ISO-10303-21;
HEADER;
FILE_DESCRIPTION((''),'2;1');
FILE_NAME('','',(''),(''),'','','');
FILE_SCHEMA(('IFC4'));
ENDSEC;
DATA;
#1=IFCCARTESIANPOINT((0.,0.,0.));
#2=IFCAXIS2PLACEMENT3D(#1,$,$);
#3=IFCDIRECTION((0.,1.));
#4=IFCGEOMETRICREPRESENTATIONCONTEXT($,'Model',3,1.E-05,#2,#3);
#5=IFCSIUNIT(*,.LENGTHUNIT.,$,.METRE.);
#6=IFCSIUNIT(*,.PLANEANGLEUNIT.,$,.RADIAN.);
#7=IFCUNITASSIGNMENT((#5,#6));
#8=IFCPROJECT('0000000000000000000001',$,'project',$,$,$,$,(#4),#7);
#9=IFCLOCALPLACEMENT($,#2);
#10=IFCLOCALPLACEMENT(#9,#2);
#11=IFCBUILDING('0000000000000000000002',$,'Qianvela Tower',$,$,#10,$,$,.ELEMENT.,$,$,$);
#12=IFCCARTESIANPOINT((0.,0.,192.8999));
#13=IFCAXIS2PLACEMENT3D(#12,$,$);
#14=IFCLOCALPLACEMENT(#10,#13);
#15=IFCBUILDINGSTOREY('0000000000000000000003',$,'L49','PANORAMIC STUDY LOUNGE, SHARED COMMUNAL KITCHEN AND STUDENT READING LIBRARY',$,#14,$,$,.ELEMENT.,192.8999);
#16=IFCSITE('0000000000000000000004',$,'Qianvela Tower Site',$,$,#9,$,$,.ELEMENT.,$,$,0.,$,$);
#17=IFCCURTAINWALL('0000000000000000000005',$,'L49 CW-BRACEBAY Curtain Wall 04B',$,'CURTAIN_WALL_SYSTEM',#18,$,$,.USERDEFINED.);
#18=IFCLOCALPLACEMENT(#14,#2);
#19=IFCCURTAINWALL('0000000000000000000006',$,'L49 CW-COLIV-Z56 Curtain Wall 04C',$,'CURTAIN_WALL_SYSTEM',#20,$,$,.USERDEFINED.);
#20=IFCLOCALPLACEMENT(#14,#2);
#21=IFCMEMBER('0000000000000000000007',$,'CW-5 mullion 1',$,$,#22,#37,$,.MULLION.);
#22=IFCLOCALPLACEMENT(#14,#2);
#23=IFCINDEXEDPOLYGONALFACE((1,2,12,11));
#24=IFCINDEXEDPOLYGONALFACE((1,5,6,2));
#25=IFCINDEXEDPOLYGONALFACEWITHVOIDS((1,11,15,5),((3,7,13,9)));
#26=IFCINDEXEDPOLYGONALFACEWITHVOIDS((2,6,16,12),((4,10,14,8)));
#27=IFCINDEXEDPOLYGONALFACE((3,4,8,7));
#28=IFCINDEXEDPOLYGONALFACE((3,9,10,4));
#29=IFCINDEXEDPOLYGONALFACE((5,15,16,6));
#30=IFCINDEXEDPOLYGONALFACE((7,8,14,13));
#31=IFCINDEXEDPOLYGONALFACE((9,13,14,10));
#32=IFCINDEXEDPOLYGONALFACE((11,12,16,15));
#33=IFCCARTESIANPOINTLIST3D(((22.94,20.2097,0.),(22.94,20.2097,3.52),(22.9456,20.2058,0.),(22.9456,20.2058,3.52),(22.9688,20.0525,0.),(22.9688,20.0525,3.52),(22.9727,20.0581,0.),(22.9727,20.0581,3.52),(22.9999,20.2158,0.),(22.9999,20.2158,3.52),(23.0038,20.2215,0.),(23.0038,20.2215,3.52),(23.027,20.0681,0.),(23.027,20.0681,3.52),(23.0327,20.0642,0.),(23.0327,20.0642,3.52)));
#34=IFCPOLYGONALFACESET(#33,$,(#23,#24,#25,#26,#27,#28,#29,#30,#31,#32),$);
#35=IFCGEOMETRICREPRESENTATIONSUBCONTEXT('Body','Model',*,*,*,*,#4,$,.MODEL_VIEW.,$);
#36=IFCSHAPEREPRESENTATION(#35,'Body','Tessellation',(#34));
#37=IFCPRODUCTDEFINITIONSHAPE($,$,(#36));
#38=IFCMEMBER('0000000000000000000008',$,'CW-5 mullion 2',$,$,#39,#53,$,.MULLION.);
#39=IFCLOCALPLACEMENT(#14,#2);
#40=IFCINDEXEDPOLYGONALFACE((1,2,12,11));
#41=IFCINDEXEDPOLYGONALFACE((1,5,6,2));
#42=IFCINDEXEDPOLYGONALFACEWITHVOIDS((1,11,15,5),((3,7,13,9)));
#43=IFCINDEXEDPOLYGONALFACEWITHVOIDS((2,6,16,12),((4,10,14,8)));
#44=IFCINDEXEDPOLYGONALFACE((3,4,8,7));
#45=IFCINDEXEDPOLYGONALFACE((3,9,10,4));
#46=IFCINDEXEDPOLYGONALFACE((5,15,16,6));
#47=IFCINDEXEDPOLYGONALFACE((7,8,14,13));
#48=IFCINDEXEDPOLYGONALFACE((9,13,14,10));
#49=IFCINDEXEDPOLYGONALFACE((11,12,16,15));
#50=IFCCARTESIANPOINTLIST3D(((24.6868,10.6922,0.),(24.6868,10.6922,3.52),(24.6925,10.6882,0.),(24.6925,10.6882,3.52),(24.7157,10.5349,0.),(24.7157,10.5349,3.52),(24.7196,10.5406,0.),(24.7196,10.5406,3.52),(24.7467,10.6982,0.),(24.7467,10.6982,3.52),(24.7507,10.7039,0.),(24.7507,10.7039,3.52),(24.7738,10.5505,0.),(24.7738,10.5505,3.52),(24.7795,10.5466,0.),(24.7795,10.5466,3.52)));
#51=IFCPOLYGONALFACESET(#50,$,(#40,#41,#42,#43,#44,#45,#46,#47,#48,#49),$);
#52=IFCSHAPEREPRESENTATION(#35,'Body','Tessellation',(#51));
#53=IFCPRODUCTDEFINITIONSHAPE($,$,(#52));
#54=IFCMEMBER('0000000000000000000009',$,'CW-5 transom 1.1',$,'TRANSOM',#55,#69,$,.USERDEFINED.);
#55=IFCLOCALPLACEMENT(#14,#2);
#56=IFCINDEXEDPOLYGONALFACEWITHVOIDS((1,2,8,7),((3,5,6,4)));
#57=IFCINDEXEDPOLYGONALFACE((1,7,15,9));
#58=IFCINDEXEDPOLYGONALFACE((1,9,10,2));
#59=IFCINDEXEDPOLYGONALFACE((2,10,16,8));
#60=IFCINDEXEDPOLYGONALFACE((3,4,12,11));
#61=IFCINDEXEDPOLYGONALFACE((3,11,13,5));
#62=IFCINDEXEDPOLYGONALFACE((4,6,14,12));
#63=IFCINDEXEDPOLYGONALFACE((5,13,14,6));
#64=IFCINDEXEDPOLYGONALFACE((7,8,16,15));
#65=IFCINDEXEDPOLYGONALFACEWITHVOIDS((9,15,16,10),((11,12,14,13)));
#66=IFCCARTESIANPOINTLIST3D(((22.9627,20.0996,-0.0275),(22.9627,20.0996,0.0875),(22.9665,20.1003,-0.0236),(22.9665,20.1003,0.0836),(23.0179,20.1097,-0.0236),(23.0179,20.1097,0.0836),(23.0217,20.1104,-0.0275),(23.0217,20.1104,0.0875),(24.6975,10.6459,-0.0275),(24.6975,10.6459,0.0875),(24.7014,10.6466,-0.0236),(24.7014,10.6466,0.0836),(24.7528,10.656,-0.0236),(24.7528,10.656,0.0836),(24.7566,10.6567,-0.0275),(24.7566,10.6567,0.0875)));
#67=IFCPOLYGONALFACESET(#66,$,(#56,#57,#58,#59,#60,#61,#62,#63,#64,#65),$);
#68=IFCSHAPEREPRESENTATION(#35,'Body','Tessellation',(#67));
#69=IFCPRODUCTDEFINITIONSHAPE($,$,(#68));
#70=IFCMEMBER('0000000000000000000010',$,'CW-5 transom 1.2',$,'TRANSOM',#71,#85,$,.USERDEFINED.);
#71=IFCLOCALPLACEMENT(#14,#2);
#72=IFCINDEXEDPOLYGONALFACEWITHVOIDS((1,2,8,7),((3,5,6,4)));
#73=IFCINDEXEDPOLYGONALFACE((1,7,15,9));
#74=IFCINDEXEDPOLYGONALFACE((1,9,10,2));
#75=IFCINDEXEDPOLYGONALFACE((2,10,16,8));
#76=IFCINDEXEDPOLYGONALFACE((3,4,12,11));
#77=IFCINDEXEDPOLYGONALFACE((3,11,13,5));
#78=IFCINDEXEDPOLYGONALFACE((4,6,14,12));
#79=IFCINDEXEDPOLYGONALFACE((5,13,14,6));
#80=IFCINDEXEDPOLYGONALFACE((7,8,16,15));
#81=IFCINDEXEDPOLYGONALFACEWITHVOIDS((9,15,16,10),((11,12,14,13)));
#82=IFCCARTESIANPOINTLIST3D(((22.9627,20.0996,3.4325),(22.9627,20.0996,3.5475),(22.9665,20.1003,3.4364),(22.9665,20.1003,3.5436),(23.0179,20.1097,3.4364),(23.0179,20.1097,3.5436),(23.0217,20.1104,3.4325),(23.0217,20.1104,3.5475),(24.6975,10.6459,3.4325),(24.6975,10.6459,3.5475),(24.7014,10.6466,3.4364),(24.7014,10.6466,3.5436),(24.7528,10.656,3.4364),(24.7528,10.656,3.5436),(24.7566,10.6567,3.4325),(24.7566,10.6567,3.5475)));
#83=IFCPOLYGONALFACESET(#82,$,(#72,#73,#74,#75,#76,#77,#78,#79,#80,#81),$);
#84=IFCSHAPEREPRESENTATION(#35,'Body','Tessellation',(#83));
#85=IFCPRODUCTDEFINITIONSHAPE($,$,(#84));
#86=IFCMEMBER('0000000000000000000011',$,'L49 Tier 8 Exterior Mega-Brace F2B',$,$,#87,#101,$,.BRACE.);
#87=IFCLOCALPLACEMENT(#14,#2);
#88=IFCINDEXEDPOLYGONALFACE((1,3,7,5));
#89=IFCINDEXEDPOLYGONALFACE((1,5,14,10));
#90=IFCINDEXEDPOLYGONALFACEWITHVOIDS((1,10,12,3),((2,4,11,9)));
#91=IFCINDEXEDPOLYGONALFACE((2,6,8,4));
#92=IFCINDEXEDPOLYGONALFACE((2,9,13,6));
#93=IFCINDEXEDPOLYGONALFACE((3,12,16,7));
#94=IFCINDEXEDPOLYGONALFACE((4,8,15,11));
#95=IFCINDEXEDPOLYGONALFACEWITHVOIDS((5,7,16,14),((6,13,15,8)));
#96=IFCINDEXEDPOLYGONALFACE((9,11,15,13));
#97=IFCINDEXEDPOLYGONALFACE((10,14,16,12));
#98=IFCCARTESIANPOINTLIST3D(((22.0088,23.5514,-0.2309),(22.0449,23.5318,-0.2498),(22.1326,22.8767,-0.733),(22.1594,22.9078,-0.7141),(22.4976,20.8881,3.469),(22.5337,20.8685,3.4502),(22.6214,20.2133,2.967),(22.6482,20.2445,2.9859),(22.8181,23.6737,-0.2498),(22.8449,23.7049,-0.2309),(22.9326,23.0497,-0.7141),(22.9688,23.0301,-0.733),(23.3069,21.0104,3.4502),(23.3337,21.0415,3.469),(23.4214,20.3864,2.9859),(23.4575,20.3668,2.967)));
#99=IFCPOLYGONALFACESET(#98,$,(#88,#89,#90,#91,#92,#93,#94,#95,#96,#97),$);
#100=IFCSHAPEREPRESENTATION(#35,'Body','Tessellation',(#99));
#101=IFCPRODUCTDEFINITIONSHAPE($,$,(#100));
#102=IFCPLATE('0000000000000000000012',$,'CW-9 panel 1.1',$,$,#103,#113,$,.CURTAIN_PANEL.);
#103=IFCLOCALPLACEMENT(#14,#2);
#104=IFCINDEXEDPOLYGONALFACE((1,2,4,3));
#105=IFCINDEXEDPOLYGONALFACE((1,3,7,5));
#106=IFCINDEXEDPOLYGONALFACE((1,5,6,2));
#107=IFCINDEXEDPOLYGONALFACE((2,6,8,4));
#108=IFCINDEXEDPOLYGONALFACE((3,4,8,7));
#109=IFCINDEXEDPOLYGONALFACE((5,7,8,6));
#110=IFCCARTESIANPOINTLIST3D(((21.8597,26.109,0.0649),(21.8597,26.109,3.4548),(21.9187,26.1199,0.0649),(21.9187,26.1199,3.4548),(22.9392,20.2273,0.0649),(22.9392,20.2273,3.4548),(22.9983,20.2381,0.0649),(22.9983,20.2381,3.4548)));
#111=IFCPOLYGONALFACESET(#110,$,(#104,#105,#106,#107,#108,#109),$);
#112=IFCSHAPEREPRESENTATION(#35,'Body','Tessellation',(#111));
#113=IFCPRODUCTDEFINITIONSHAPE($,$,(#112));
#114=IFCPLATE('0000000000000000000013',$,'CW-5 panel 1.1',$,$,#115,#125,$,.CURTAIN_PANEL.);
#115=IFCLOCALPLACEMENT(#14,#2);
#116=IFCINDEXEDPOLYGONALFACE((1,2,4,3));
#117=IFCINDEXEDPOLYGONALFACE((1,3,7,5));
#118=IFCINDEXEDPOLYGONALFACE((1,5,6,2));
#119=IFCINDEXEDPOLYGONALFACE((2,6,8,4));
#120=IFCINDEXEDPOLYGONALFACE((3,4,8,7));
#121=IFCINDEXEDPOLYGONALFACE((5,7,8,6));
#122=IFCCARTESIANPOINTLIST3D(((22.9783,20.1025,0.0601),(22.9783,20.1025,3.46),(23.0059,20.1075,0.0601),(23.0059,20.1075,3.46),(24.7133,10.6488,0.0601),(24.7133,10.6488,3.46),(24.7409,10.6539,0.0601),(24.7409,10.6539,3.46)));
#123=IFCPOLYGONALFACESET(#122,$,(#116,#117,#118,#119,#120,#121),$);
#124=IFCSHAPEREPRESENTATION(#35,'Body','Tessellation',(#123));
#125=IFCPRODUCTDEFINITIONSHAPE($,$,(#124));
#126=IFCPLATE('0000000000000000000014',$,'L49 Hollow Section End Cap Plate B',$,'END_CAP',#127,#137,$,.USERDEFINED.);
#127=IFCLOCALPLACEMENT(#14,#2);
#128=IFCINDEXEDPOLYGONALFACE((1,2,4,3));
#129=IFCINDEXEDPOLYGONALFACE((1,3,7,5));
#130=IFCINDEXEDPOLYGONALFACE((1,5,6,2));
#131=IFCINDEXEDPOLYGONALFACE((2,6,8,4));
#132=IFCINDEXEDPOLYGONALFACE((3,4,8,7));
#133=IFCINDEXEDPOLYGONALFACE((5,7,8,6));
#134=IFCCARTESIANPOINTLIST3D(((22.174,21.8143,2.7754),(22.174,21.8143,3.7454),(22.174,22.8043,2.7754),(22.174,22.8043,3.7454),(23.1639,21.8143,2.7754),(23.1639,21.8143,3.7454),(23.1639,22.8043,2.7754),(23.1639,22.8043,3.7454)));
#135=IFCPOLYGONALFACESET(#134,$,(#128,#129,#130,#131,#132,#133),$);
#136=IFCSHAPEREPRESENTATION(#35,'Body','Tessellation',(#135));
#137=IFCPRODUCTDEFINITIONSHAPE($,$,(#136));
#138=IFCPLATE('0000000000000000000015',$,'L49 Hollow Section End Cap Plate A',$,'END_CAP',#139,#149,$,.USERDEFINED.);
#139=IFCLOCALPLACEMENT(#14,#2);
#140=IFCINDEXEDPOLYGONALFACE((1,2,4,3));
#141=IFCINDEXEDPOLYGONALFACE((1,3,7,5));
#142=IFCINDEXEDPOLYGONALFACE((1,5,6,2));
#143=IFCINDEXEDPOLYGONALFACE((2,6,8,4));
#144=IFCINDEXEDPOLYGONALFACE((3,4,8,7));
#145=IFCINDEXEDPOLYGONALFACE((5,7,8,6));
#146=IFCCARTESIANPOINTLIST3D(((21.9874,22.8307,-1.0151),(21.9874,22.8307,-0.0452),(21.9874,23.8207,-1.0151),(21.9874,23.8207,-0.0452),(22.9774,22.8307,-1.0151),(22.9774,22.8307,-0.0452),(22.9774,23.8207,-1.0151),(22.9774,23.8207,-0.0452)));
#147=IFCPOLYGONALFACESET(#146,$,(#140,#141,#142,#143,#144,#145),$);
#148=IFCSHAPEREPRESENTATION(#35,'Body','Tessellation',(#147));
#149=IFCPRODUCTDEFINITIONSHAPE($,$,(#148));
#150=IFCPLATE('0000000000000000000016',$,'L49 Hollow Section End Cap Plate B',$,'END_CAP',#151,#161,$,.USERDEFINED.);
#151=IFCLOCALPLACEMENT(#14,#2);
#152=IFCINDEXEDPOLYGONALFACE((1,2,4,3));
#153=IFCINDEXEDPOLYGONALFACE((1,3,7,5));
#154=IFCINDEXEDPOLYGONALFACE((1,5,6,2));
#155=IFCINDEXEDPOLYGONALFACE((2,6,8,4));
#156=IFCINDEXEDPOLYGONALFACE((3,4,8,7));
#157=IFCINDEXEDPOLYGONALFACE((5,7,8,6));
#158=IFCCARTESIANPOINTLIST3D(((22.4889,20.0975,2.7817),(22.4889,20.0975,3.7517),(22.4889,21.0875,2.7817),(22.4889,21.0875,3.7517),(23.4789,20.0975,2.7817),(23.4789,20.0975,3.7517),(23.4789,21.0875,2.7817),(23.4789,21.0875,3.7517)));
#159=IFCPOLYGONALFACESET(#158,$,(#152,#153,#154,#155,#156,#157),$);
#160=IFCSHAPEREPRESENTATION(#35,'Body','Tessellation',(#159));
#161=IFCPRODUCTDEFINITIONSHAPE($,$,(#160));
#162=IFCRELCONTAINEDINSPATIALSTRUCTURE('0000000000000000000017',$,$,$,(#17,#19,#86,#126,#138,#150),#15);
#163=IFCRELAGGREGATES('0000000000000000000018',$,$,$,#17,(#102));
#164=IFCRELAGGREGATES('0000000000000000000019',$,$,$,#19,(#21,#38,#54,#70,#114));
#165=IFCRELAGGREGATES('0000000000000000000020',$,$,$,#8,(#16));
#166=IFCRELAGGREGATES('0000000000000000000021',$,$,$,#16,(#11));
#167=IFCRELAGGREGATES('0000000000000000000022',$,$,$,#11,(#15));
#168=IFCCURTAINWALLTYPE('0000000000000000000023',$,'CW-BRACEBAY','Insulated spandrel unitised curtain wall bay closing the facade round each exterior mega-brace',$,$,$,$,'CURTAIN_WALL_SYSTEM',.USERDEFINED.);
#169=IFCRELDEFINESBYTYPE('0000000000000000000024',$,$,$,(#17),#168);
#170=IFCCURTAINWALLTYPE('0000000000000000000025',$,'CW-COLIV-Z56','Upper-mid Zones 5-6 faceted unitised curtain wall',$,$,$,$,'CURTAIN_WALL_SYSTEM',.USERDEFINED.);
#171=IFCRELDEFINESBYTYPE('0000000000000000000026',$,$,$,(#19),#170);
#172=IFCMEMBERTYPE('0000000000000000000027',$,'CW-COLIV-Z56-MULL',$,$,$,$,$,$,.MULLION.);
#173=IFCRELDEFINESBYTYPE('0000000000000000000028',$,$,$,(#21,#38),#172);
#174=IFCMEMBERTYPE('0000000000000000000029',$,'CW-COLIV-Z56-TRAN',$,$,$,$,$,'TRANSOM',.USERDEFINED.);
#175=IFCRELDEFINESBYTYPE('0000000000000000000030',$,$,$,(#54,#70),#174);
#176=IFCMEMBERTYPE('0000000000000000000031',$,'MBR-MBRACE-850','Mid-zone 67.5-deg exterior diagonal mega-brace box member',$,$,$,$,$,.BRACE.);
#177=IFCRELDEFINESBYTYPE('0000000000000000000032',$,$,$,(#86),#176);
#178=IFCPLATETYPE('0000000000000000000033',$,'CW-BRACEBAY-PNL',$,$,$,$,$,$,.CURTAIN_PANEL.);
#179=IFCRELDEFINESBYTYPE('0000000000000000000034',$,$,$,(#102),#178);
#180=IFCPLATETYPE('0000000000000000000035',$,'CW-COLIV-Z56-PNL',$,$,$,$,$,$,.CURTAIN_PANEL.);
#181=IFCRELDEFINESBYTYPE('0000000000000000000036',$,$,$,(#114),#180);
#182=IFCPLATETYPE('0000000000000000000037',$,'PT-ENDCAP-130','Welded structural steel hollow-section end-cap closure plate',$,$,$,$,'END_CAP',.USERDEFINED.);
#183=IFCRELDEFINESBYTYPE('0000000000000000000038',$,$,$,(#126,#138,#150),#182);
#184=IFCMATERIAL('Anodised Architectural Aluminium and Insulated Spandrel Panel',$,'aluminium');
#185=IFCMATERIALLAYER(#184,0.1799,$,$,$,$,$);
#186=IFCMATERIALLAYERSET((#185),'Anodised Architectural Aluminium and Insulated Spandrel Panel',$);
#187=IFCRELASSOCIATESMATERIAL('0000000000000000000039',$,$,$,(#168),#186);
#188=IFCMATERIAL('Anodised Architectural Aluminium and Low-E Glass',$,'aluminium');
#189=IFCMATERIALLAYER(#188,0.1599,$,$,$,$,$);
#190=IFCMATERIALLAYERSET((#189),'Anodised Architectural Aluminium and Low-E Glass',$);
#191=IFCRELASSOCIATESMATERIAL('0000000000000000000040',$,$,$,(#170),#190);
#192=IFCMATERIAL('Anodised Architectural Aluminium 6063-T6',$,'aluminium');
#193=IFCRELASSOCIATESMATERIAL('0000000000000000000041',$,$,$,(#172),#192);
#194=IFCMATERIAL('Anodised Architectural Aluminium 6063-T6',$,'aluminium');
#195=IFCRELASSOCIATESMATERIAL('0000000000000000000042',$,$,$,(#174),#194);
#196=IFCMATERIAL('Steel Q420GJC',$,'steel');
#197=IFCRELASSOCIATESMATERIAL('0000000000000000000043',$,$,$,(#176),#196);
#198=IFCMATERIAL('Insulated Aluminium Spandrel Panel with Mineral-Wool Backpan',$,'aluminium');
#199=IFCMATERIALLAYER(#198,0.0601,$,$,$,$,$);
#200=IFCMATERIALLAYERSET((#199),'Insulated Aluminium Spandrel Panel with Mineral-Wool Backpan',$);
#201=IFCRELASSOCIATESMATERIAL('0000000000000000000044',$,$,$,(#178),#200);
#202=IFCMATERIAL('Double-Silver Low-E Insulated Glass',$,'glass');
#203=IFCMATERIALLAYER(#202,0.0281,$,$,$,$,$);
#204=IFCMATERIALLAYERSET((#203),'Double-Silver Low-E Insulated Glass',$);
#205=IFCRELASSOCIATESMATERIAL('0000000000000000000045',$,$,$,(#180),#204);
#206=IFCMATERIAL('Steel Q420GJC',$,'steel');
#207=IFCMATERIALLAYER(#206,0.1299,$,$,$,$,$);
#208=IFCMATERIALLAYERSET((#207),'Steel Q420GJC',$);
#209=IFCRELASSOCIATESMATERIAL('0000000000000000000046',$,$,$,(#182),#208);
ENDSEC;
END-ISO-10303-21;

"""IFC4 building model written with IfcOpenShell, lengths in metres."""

from ifc_helpers import new_model, si_unit, direction, frame, origin, origin_2d, place, context, subcontext, project, spatial, rectangle, hollow_rectangle, extrude, material, layer, layer_set, material_profile, profile_set, type_object, element, aggregate, save


model = new_model("IFC4")

# Units and contexts
model_context = context("Model", 3, precision=1e-05, world=origin(), true_north=direction((0.0, 1.0)))
body_context = subcontext(model_context, "Body", "Model", "MODEL_VIEW")
ifc_project = project(units=[si_unit("LENGTHUNIT", "METRE"), si_unit("PLANEANGLEUNIT", "RADIAN")], contexts=[model_context])

# Site, building, storey
site_placement = place(None, origin())
site = spatial("IfcSite", under=ifc_project, at=site_placement, Name="Qianvela Tower Site", CompositionType="ELEMENT", RefElevation=0.0)
building_placement = place(site_placement, origin())
building = spatial("IfcBuilding", under=site, at=building_placement, Name="Qianvela Tower", CompositionType="ELEMENT")
storey_placement = place(building_placement, frame((0.0, 0.0, 192.8999)))
storey = spatial("IfcBuildingStorey", under=building, at=storey_placement, Name="L49", Description="PANORAMIC STUDY LOUNGE, SHARED COMMUNAL KITCHEN AND STUDENT READING LIBRARY", CompositionType="ELEMENT", Elevation=192.8999)

# Curtain wall
ifc_material_1 = material(Name="Anodised Architectural Aluminium and Insulated Spandrel Panel", Category="aluminium")
ifc_layer_1 = layer(ifc_material_1, 0.1799)
ifc_layer_set_1 = layer_set([ifc_layer_1], Name="Anodised Architectural Aluminium and Insulated Spandrel Panel")
curtain_wall_type_1 = type_object("IfcCurtainWallType", Name="CW-BRACEBAY", Description="Insulated spandrel unitised curtain wall bay closing the facade round each exterior mega-brace", ElementType="CURTAIN_WALL_SYSTEM", PredefinedType="USERDEFINED", material=ifc_layer_set_1)
curtain_wall_1_placement = place(storey_placement, origin())
curtain_wall_1 = element("IfcCurtainWall", 1, at=curtain_wall_1_placement, inside=storey, type_object=curtain_wall_type_1, Name="L49 CW-BRACEBAY Curtain Wall 04B", ObjectType="CURTAIN_WALL_SYSTEM", PredefinedType="USERDEFINED")

# Curtain wall, members
ifc_material_2 = material(Name="Anodised Architectural Aluminium and Low-E Glass", Category="aluminium")
ifc_layer_2 = layer(ifc_material_2, 0.1599)
ifc_layer_set_2 = layer_set([ifc_layer_2], Name="Anodised Architectural Aluminium and Low-E Glass")
curtain_wall_type_2 = type_object("IfcCurtainWallType", Name="CW-COLIV-Z56", Description="Upper-mid Zones 5-6 faceted unitised curtain wall", ElementType="CURTAIN_WALL_SYSTEM", PredefinedType="USERDEFINED", material=ifc_layer_set_2)
curtain_wall_2_placement = place(storey_placement, origin())
curtain_wall_2 = element("IfcCurtainWall", 2, at=curtain_wall_2_placement, inside=storey, type_object=curtain_wall_type_2, Name="L49 CW-COLIV-Z56 Curtain Wall 04C", ObjectType="CURTAIN_WALL_SYSTEM", PredefinedType="USERDEFINED")
ifc_material_3 = material(Name="Anodised Architectural Aluminium 6063-T6", Category="aluminium")
ifc_material_profile_1 = material_profile(ifc_material_3, hollow_rectangle(XDim=0.0649, YDim=0.1599, WallThickness=0.0049, at=origin_2d()), Name="ALU-MULL-65x160")
ifc_profile_set_1 = profile_set([ifc_material_profile_1], Name="Anodised Architectural Aluminium 6063-T6")
member_type_1 = type_object("IfcMemberType", Name="CW-COLIV-Z56-MULL", PredefinedType="MULLION", material=ifc_profile_set_1)
member_1_placement = place(storey_placement, frame((22.9863, 20.137, 0.0), z_axis=(0.0, 0.0, 1.0), x_axis=(0.983572, 0.180516, 0.0)))
member_1 = element("IfcMember", 3, at=member_1_placement, type_object=member_type_1, Name="CW-5 mullion 1", PredefinedType="MULLION", context=body_context, shape_type="SweptSolid", body=[
    extrude(hollow_rectangle(XDim=0.0649, YDim=0.1599, WallThickness=0.0049, at=origin_2d()), origin(), (0.0, 0.0, 1.0), 3.52),
])
member_2_placement = place(storey_placement, frame((24.7332, 10.6194, 0.0), z_axis=(0.0, 0.0, 1.0), x_axis=(0.983572, 0.180516, 0.0)))
member_2 = element("IfcMember", 4, at=member_2_placement, type_object=member_type_1, Name="CW-5 mullion 2", PredefinedType="MULLION", context=body_context, shape_type="SweptSolid", body=[
    extrude(hollow_rectangle(XDim=0.0649, YDim=0.1599, WallThickness=0.0049, at=origin_2d()), origin(), (0.0, 0.0, 1.0), 3.52),
])
ifc_material_4 = material(Name="Anodised Architectural Aluminium 6063-T6", Category="aluminium")
ifc_material_profile_2 = material_profile(ifc_material_4, hollow_rectangle(XDim=0.0601, YDim=0.115, WallThickness=0.0039, at=origin_2d()), Name="ALU-TRAN-60x115")
ifc_profile_set_2 = profile_set([ifc_material_profile_2], Name="Anodised Architectural Aluminium 6063-T6")
member_type_2 = type_object("IfcMemberType", Name="CW-COLIV-Z56-TRAN", ElementType="TRANSOM", PredefinedType="USERDEFINED", material=ifc_profile_set_2)
member_3_placement = place(storey_placement, frame((22.9922, 20.105, 0.03), z_axis=(0.180499, -0.983575, 0.0), x_axis=(0.983575, 0.180499, 0.0)))
member_3 = element("IfcMember", 5, at=member_3_placement, type_object=member_type_2, Name="CW-5 transom 1.1", ObjectType="TRANSOM", PredefinedType="USERDEFINED", context=body_context, shape_type="SweptSolid", body=[
    extrude(hollow_rectangle(XDim=0.0601, YDim=0.115, WallThickness=0.0039, at=origin_2d()), origin(), (0.0, 0.0, 1.0), 9.6116),
])
member_4_placement = place(storey_placement, frame((22.9922, 20.105, 3.49), z_axis=(0.180499, -0.983575, 0.0), x_axis=(0.983575, 0.180499, 0.0)))
member_4 = element("IfcMember", 6, at=member_4_placement, type_object=member_type_2, Name="CW-5 transom 1.2", ObjectType="TRANSOM", PredefinedType="USERDEFINED", context=body_context, shape_type="SweptSolid", body=[
    extrude(hollow_rectangle(XDim=0.0601, YDim=0.115, WallThickness=0.0039, at=origin_2d()), origin(), (0.0, 0.0, 1.0), 9.6116),
])

# Member
ifc_material_5 = material(Name="Steel Q420GJC", Category="steel")
ifc_material_profile_3 = material_profile(ifc_material_5, hollow_rectangle(XDim=0.8501, YDim=0.8501, WallThickness=0.032, at=origin_2d()), Name="MBOX-850x850x32")
ifc_profile_set_3 = profile_set([ifc_material_profile_3], Name="Steel Q420GJC")
member_type_3 = type_object("IfcMemberType", Name="MBR-MBRACE-850", Description="Mid-zone 67.5-deg exterior diagonal mega-brace box member", PredefinedType="BRACE", material=ifc_profile_set_3)
member_5_placement = place(storey_placement, frame((22.4888, 23.2908, -0.4819), z_axis=(0.106603, -0.580884, 0.806976), x_axis=(0.983574, 0.180504, 0.0)))
element("IfcMember", 7, at=member_5_placement, inside=storey, type_object=member_type_3, Name="L49 Tier 8 Exterior Mega-Brace F2B", PredefinedType="BRACE", context=body_context, shape_type="SweptSolid", body=[
    extrude(hollow_rectangle(XDim=0.8501, YDim=0.8501, WallThickness=0.032, at=origin_2d()), origin(), (0.0, 0.0, 1.0), 4.585),
])

# Plates
ifc_material_6 = material(Name="Insulated Aluminium Spandrel Panel with Mineral-Wool Backpan", Category="aluminium")
ifc_layer_3 = layer(ifc_material_6, 0.0601)
ifc_layer_set_3 = layer_set([ifc_layer_3], Name="Insulated Aluminium Spandrel Panel with Mineral-Wool Backpan")
plate_type_1 = type_object("IfcPlateType", Name="CW-BRACEBAY-PNL", PredefinedType="CURTAIN_PANEL", material=ifc_layer_set_3)
plate_1_placement = place(storey_placement, frame((22.429, 23.1736, 0.0649), z_axis=(0.0, 0.0, 1.0), x_axis=(0.180524, -0.983571, 0.0)))
plate_1 = element("IfcPlate", 8, at=plate_1_placement, type_object=plate_type_1, Name="CW-9 panel 1.1", PredefinedType="CURTAIN_PANEL", context=body_context, shape_type="SweptSolid", body=[
    extrude(rectangle(XDim=5.98, YDim=0.0601, at=origin_2d()), origin(), (0.0, 0.0, 1.0), 3.3899),
])
aggregate(curtain_wall_1, [plate_1])
ifc_material_7 = material(Name="Double-Silver Low-E Insulated Glass", Category="glass")
ifc_layer_4 = layer(ifc_material_7, 0.0281)
ifc_layer_set_4 = layer_set([ifc_layer_4], Name="Double-Silver Low-E Insulated Glass")
plate_type_2 = type_object("IfcPlateType", Name="CW-COLIV-Z56-PNL", PredefinedType="CURTAIN_PANEL", material=ifc_layer_set_4)
plate_2_placement = place(storey_placement, frame((23.8596, 15.3782, 0.0601), z_axis=(0.0, 0.0, 1.0), x_axis=(0.180516, -0.983572, 0.0)))
plate_2 = element("IfcPlate", 9, at=plate_2_placement, type_object=plate_type_2, Name="CW-5 panel 1.1", PredefinedType="CURTAIN_PANEL", context=body_context, shape_type="SweptSolid", body=[
    extrude(rectangle(XDim=9.6116, YDim=0.0281, at=origin_2d()), origin(), (0.0, 0.0, 1.0), 3.3999),
])
aggregate(curtain_wall_2, [member_1, member_2, member_3, member_4, plate_2])

# Plates
ifc_material_8 = material(Name="Steel Q420GJC", Category="steel")
ifc_layer_5 = layer(ifc_material_8, 0.1299)
ifc_layer_set_5 = layer_set([ifc_layer_5], Name="Steel Q420GJC")
plate_type_3 = type_object("IfcPlateType", Name="PT-ENDCAP-130", Description="Welded structural steel hollow-section end-cap closure plate", ElementType="END_CAP", PredefinedType="USERDEFINED", material=ifc_layer_set_5)
for number, where, z_axis, x_axis, name in (
    (10, (22.6689, 22.3093, 2.7754), (0.0, 0.0, 1.0), (1.0, 0.0, 0.0), "L49 Hollow Section End Cap Plate B"),
    (11, (22.4824, 23.3257, -1.0151), (0.0, 0.0, 1.0), (1.0, 0.0, 0.0), "L49 Hollow Section End Cap Plate A"),
    (12, (22.9839, 20.5925, 2.7817), (0.0, 0.0, 1.0), (1.0, 0.0, 0.0), "L49 Hollow Section End Cap Plate B"),
):
    element("IfcPlate", number, at=place(storey_placement, frame(where, z_axis=z_axis, x_axis=x_axis)), inside=storey, type_object=plate_type_3, Name=name, ObjectType="END_CAP", PredefinedType="USERDEFINED", context=body_context, shape_type="SweptSolid", body=[
        extrude(rectangle(XDim=0.99, YDim=0.99, at=origin_2d()), origin(), (0.0, 0.0, 1.0), 0.97),
    ])

save(model, "model.ifc")
